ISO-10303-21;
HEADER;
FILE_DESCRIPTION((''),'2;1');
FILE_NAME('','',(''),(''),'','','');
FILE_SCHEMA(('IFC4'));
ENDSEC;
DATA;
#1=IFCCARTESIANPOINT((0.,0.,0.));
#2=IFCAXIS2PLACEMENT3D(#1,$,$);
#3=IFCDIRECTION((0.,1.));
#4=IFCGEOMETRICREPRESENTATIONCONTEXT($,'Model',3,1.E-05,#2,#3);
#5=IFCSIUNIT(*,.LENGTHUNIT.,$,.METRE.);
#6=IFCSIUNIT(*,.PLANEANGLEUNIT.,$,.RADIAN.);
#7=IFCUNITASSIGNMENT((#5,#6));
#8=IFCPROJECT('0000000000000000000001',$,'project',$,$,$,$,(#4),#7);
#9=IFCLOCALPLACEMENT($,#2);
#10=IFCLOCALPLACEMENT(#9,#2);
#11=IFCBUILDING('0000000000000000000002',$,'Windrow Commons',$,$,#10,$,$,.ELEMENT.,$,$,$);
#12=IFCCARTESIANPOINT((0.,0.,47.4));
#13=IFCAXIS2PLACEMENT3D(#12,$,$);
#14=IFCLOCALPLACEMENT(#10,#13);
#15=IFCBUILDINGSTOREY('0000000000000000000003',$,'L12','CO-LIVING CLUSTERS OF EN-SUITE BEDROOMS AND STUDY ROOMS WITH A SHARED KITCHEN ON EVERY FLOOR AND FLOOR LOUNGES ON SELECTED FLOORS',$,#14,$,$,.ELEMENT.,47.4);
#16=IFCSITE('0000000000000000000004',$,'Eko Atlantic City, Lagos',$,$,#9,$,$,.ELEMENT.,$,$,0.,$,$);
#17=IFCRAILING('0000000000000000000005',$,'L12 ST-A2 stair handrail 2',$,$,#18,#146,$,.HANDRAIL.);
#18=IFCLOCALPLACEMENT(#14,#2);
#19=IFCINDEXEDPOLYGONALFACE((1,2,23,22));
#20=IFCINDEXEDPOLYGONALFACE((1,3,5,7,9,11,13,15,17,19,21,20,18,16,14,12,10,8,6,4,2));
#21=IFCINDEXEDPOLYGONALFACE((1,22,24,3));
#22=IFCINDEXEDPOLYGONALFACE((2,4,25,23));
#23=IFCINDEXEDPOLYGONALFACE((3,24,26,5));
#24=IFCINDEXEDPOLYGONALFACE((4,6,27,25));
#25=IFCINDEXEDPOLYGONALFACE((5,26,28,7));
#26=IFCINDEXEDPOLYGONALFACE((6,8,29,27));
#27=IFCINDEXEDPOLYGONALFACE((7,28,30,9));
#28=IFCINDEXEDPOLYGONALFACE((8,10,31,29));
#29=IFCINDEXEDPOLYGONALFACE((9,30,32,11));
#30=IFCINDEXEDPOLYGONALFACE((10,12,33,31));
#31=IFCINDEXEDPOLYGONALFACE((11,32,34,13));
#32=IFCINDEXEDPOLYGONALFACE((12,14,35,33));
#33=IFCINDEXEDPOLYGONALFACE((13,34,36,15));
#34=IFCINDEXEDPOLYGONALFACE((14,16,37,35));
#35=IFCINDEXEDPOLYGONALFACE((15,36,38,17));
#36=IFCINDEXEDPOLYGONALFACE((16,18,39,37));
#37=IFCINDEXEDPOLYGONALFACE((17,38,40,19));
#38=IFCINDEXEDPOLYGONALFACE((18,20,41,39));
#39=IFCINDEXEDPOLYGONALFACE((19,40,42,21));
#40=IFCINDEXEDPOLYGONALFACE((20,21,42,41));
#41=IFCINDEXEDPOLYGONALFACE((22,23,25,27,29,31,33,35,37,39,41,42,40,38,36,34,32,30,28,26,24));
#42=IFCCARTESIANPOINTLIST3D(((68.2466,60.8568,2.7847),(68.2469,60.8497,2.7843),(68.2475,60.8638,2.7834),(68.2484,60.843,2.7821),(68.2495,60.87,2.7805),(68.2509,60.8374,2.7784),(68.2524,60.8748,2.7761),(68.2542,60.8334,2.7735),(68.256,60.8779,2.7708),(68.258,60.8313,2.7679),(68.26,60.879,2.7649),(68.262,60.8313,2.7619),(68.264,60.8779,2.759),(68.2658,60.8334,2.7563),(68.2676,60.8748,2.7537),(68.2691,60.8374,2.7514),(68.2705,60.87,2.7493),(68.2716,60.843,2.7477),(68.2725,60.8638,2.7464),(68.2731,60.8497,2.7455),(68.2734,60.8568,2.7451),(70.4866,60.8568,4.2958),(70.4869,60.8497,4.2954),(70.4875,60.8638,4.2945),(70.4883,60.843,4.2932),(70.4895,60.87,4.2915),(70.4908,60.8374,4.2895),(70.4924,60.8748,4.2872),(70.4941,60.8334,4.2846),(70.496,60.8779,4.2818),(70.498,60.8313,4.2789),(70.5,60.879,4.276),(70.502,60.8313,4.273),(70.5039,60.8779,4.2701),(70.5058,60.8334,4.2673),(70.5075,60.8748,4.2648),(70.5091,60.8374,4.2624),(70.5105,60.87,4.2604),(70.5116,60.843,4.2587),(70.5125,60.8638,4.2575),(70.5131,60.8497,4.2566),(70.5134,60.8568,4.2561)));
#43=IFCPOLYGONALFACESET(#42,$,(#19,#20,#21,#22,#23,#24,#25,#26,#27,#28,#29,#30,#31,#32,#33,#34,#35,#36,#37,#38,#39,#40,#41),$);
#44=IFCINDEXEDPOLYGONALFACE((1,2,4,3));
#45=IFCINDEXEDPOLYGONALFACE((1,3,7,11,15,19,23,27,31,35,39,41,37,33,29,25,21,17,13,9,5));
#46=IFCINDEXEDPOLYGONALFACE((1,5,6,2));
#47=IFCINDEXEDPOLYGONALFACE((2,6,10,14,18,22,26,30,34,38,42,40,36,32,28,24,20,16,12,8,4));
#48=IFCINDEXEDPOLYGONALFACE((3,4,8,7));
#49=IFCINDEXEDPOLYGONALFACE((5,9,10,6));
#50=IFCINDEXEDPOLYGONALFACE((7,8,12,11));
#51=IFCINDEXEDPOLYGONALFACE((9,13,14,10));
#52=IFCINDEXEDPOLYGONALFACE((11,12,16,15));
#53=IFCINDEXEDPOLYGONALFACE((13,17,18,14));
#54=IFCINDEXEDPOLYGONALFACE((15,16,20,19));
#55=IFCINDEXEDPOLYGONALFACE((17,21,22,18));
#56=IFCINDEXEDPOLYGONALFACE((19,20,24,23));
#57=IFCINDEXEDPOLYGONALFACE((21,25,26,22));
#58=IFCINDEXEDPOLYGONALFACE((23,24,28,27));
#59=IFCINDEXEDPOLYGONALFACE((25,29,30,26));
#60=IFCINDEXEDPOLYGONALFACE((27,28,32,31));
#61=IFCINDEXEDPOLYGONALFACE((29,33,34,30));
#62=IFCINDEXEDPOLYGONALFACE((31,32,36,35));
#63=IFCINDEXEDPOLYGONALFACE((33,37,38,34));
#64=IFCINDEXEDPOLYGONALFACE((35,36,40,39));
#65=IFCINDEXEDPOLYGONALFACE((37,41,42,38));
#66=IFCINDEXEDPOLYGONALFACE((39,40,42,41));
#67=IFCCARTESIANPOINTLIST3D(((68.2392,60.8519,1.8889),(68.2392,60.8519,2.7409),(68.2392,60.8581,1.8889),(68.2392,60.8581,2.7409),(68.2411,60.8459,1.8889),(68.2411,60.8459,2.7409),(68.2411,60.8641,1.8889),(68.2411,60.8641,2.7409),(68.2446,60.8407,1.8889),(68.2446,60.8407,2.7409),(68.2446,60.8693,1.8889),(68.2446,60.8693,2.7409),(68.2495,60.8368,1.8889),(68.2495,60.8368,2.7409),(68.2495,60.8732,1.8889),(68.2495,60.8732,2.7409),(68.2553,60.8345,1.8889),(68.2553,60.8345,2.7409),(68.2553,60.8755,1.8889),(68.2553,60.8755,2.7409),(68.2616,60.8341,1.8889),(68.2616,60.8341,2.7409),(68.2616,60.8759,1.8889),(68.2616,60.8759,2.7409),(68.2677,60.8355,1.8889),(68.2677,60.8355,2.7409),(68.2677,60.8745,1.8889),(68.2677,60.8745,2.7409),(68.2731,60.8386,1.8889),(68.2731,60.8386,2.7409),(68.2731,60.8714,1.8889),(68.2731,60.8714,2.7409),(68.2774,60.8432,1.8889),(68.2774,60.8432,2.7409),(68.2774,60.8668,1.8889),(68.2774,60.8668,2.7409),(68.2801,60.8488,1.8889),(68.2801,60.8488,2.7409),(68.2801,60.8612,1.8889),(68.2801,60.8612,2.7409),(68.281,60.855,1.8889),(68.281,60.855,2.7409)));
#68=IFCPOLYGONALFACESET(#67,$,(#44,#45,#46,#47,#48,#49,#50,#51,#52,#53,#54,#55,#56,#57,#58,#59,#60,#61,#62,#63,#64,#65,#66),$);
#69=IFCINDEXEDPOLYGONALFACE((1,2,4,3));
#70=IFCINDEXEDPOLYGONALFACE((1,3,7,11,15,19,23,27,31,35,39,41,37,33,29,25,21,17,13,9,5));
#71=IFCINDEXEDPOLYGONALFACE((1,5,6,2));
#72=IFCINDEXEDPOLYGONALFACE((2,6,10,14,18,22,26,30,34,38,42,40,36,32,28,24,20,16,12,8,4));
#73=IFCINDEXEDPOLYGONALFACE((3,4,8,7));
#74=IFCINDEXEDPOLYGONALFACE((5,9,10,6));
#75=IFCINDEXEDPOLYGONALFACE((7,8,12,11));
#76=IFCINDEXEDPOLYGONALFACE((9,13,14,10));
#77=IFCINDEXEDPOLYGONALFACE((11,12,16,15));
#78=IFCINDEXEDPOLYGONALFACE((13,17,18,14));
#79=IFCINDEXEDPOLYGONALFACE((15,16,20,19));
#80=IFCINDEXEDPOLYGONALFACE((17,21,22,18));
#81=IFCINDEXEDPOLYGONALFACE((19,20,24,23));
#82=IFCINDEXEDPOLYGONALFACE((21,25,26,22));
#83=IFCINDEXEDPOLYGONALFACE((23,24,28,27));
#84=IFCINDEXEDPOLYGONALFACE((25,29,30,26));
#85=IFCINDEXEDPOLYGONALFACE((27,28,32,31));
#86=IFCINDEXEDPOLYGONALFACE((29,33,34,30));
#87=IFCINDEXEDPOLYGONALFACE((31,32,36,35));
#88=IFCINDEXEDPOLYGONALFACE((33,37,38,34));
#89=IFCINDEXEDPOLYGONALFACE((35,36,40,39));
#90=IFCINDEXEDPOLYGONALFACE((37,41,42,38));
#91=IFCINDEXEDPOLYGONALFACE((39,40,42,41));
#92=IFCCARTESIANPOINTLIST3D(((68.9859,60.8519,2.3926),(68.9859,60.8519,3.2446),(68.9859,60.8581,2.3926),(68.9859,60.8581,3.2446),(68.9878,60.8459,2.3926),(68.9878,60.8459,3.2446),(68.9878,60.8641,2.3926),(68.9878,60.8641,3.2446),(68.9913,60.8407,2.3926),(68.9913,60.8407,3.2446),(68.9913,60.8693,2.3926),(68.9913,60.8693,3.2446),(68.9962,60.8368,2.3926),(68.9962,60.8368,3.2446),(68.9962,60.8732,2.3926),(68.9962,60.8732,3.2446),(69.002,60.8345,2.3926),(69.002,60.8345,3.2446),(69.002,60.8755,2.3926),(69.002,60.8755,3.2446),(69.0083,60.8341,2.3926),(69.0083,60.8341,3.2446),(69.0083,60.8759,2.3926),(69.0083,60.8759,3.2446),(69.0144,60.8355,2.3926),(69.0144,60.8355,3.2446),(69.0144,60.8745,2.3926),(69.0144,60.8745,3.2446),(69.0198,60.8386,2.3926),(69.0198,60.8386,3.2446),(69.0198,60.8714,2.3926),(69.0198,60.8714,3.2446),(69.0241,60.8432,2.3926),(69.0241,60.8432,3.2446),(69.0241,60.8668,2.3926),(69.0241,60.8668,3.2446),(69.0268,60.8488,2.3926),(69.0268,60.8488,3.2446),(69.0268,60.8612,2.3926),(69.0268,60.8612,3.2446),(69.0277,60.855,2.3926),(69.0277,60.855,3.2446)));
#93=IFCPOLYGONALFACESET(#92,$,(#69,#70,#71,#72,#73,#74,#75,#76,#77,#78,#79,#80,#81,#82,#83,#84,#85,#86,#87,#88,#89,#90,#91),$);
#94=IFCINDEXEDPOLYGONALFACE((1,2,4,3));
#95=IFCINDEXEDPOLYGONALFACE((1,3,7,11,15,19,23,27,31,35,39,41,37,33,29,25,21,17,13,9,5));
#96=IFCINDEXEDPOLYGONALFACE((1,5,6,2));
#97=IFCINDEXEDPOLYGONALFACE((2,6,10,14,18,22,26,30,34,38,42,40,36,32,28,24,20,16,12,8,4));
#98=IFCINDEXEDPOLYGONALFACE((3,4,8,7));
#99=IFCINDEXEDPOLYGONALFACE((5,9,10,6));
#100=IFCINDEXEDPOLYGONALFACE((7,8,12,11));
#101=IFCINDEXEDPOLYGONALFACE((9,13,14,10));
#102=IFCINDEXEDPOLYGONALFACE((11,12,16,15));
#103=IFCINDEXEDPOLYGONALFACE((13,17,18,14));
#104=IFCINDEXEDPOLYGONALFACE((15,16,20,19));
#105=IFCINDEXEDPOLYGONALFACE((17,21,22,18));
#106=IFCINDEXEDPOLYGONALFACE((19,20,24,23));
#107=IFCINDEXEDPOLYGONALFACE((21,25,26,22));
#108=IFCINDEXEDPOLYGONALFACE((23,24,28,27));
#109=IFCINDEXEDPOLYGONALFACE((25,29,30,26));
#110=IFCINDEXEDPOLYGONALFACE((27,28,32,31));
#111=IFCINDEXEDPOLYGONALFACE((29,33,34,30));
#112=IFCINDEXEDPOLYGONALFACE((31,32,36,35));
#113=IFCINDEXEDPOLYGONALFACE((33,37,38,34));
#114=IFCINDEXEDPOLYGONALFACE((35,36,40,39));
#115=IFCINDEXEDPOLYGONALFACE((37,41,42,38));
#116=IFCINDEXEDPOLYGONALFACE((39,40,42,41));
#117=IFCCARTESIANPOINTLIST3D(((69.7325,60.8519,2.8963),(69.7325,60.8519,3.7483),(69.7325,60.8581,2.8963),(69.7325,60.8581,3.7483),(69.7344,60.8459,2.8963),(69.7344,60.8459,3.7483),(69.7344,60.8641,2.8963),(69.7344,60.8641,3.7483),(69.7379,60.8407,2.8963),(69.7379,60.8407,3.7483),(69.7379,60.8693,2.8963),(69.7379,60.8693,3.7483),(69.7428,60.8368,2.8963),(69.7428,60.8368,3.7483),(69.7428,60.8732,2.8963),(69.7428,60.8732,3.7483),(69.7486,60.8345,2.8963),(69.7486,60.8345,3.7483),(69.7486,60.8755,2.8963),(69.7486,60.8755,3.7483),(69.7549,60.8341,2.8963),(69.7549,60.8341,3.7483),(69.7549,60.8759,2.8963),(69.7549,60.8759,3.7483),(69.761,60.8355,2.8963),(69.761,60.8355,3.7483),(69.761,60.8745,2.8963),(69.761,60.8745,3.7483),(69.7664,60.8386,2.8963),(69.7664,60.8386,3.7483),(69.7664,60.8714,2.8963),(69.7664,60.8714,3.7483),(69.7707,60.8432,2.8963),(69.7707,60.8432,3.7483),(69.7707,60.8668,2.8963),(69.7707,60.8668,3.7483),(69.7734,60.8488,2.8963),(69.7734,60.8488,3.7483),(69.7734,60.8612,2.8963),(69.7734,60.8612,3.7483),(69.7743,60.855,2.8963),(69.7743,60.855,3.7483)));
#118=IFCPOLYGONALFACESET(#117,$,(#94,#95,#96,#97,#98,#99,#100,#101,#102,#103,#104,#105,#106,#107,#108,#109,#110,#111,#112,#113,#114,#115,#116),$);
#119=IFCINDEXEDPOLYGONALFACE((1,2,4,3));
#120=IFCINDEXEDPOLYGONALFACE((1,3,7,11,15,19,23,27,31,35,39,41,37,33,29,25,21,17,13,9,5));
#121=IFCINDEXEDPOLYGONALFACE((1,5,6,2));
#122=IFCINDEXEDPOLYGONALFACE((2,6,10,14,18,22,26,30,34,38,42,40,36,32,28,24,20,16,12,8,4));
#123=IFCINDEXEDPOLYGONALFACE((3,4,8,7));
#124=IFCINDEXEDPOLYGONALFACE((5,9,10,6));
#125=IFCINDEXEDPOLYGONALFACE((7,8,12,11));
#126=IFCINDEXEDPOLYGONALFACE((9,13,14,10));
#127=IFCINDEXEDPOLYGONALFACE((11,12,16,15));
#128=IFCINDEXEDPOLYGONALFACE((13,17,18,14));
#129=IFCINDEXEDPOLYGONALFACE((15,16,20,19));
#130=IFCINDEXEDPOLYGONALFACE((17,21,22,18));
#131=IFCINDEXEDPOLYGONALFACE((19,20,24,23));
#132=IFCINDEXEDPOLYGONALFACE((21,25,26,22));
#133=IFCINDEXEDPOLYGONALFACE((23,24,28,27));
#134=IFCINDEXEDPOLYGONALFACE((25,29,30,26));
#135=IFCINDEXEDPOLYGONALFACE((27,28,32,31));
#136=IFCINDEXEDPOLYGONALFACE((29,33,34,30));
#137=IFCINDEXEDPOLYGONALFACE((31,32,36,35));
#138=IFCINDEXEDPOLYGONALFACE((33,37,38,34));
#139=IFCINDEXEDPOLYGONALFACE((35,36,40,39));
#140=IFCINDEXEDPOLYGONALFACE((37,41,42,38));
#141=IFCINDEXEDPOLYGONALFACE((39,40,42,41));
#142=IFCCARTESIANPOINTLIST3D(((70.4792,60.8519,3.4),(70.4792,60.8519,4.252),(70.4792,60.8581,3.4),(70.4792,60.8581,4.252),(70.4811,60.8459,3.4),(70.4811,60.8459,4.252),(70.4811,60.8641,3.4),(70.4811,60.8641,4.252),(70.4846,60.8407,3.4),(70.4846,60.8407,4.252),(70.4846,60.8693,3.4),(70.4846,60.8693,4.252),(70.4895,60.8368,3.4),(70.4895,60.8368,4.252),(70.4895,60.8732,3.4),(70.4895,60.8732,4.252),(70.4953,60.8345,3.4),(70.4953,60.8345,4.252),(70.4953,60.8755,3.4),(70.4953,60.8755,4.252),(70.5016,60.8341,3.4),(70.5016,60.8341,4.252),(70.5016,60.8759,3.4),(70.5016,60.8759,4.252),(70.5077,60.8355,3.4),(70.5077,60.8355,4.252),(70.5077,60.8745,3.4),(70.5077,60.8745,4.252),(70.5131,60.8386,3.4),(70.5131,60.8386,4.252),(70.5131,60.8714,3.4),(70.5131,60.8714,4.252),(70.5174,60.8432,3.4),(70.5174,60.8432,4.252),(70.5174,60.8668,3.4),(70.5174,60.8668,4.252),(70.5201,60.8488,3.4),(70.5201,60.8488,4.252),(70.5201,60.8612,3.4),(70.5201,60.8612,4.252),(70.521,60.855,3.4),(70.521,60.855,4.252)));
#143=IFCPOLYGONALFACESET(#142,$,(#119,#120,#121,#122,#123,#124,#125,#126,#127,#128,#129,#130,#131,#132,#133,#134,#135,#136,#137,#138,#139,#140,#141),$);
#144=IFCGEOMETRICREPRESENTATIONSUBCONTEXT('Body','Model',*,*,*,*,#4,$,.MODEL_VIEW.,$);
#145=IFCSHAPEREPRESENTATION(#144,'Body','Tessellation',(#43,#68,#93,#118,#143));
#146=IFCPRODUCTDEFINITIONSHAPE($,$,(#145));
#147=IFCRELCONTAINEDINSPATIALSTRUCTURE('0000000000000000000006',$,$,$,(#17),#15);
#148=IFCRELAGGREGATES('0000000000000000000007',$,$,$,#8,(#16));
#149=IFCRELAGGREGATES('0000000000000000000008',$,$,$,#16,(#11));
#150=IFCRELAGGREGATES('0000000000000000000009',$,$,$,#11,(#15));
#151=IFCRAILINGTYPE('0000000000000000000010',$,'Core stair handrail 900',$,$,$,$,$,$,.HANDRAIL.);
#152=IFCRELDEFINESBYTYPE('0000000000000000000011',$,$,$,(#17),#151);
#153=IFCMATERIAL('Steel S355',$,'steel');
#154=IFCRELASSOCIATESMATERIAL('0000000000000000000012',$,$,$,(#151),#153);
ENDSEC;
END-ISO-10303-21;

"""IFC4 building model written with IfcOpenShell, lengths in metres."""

from ifc_helpers import new_model, si_unit, direction, frame, origin, origin_2d, place, context, subcontext, project, spatial, circle, extrude, material, type_object, element, save


model = new_model("IFC4")

# Units and contexts
model_context = context("Model", 3, precision=1e-05, world=origin(), true_north=direction((0.0, 1.0)))
body_context = subcontext(model_context, "Body", "Model", "MODEL_VIEW")
ifc_project = project(units=[si_unit("LENGTHUNIT", "METRE"), si_unit("PLANEANGLEUNIT", "RADIAN")], contexts=[model_context])

# Site, building, storey
site_placement = place(None, origin())
site = spatial("IfcSite", under=ifc_project, at=site_placement, Name="Eko Atlantic City, Lagos", CompositionType="ELEMENT", RefElevation=0.0)
building_placement = place(site_placement, origin())
building = spatial("IfcBuilding", under=site, at=building_placement, Name="Windrow Commons", CompositionType="ELEMENT")
storey_placement = place(building_placement, frame((0.0, 0.0, 47.4)))
storey = spatial("IfcBuildingStorey", under=building, at=storey_placement, Name="L12", Description="CO-LIVING CLUSTERS OF EN-SUITE BEDROOMS AND STUDY ROOMS WITH A SHARED KITCHEN ON EVERY FLOOR AND FLOOR LOUNGES ON SELECTED FLOORS", CompositionType="ELEMENT", Elevation=47.4)

# Railing
ifc_material_1 = material(Name="Steel S355", Category="steel")
railing_type_1 = type_object("IfcRailingType", Name="Core stair handrail 900", PredefinedType="HANDRAIL", material=ifc_material_1)
railing_1_placement = place(storey_placement, frame((68.26, 60.855, 1.8889)))
element("IfcRailing", 1, at=railing_1_placement, inside=storey, type_object=railing_type_1, Name="L12 ST-A2 stair handrail 2", PredefinedType="HANDRAIL", context=body_context, shape_type="SweptSolid", body=[
    extrude(circle(Radius=0.024, at=origin_2d()), frame((0.0, 0.0, 0.876), z_axis=(0.829003, 0.0, 0.559244), x_axis=(0.0, 1.0, 0.0)), (0.0, 0.0, 1.0), 2.702),
    extrude(circle(Radius=0.021, at=origin_2d()), origin(), (0.0, 0.0, 1.0), 0.852),
    extrude(circle(Radius=0.021, at=origin_2d()), frame((0.7467, 0.0, 0.5037)), (0.0, 0.0, 1.0), 0.852),
    extrude(circle(Radius=0.021, at=origin_2d()), frame((1.4933, 0.0, 1.0074)), (0.0, 0.0, 1.0), 0.852),
    extrude(circle(Radius=0.021, at=origin_2d()), frame((2.24, 0.0, 1.5111)), (0.0, 0.0, 1.0), 0.852),
])

save(model, "model.ifc")
